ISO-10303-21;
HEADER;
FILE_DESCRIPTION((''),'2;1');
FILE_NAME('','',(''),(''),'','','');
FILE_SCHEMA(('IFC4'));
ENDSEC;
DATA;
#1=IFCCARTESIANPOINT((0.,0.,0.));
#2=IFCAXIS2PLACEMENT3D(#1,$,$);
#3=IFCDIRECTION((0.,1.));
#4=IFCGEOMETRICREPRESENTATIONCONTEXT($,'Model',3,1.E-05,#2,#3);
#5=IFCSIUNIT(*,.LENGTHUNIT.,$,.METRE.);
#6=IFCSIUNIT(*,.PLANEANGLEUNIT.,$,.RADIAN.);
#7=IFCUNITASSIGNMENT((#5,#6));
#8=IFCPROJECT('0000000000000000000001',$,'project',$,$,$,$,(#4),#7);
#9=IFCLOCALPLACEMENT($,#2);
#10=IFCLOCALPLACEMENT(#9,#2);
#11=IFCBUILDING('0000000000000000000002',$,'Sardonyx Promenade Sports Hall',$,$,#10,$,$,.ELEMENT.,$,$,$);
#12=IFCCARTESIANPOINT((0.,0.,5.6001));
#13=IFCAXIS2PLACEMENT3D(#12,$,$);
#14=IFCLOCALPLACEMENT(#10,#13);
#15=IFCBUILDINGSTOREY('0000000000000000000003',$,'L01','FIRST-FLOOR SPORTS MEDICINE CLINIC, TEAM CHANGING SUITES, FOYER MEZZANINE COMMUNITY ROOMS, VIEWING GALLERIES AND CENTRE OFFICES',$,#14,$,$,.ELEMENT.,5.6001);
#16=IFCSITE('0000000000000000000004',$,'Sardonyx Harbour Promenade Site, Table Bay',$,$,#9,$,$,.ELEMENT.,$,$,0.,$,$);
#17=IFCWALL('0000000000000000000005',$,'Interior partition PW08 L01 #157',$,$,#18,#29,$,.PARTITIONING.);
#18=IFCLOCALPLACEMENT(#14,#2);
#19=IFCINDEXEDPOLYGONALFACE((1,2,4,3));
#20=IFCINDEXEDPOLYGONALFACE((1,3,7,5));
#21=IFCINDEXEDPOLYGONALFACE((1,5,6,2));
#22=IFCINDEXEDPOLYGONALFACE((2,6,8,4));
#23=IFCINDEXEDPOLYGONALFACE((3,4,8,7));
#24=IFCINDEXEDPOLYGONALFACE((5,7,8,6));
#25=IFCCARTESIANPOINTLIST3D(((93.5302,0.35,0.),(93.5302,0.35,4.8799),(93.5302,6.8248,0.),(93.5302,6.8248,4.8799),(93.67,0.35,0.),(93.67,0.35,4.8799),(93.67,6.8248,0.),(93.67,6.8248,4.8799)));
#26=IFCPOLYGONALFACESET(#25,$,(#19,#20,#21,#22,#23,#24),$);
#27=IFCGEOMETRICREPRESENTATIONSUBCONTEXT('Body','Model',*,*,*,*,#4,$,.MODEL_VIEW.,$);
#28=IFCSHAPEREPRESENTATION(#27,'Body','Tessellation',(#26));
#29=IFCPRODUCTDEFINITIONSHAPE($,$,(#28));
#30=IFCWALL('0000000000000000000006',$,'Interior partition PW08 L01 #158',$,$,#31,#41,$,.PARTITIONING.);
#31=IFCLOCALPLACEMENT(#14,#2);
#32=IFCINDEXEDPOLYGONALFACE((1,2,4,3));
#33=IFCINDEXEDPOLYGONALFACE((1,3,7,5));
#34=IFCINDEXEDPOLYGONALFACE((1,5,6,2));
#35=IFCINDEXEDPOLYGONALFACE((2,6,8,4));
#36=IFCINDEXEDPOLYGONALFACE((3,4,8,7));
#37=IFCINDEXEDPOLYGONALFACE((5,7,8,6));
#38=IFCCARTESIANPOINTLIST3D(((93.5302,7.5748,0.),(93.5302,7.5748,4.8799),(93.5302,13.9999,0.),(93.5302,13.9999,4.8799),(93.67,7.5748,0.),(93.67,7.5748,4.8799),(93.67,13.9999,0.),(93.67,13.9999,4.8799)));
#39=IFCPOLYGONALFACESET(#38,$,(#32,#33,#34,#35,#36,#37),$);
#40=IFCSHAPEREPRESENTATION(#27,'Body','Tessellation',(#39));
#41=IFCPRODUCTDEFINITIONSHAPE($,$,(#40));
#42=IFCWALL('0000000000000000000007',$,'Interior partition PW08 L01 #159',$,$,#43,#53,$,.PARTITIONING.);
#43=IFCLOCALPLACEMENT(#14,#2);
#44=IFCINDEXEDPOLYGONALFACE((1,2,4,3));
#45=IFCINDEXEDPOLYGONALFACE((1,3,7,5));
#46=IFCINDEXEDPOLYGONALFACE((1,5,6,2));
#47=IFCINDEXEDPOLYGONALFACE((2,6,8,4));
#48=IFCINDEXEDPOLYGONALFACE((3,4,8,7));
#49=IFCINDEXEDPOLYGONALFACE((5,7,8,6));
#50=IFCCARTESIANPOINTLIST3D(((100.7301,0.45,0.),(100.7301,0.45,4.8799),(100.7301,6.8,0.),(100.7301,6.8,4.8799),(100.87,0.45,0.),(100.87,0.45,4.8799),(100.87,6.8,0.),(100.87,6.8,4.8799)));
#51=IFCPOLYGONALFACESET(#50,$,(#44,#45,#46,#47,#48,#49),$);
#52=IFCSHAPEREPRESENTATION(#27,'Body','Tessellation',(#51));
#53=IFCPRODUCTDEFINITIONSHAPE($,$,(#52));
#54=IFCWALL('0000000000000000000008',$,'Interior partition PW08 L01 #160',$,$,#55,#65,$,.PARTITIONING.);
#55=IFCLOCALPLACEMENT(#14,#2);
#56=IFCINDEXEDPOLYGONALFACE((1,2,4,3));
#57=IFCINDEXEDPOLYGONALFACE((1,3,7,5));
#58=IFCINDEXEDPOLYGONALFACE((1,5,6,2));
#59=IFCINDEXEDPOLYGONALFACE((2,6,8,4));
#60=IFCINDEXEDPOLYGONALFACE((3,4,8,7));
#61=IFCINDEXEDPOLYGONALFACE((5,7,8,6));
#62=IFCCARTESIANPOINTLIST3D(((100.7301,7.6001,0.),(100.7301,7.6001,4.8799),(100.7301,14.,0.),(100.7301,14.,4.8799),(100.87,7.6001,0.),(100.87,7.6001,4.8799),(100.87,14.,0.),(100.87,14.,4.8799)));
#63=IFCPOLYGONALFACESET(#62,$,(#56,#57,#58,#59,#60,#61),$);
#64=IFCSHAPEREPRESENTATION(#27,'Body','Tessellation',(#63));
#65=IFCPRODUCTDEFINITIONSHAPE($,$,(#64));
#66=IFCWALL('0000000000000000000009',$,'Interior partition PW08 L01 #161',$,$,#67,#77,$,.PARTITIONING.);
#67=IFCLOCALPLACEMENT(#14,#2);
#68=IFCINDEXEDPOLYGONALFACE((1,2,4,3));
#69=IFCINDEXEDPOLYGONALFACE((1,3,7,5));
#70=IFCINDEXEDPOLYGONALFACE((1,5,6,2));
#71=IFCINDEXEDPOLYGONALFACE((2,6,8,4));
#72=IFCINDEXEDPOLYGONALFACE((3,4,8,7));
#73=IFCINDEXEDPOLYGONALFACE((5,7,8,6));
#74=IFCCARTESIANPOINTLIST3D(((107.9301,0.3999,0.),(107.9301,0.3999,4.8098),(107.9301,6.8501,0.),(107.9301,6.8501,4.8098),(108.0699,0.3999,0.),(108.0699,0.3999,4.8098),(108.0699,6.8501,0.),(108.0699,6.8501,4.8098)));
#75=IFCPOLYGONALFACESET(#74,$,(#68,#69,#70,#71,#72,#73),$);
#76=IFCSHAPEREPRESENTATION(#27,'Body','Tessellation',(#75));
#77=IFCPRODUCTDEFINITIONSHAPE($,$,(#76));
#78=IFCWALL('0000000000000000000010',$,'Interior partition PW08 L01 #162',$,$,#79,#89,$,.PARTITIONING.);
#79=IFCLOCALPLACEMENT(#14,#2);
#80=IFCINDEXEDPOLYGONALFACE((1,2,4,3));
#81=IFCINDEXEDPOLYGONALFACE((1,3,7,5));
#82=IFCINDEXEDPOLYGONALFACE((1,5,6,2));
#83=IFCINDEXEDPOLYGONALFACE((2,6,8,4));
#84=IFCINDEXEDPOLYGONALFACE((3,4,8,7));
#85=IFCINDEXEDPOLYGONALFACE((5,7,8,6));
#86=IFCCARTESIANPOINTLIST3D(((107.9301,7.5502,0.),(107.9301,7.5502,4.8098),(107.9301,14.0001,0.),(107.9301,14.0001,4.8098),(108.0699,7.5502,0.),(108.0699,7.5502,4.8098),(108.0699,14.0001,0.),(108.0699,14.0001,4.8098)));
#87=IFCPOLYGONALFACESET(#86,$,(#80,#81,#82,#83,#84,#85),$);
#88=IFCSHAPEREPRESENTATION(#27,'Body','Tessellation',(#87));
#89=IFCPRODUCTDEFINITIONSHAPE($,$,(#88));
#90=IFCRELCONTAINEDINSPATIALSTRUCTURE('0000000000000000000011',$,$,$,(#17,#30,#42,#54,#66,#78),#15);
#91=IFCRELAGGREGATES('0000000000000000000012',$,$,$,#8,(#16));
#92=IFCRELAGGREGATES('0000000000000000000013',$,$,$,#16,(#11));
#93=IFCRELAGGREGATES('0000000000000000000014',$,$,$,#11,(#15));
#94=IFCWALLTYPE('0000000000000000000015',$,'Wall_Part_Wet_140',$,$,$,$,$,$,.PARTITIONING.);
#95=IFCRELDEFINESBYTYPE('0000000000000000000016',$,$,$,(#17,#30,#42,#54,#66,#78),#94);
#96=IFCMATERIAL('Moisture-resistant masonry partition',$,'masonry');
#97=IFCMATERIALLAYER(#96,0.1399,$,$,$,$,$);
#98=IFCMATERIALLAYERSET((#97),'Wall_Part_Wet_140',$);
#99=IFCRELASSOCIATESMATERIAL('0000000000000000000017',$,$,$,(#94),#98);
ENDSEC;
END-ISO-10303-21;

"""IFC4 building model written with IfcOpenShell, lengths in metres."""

from ifc_helpers import new_model, si_unit, direction, frame, frame_2d, origin, place, context, subcontext, project, spatial, rectangle, extrude, material, layer, layer_set, type_object, element, save


model = new_model("IFC4")

# Units and contexts
model_context = context("Model", 3, precision=1e-05, world=origin(), true_north=direction((0.0, 1.0)))
body_context = subcontext(model_context, "Body", "Model", "MODEL_VIEW")
ifc_project = project(units=[si_unit("LENGTHUNIT", "METRE"), si_unit("PLANEANGLEUNIT", "RADIAN")], contexts=[model_context])

# Site, building, storey
site_placement = place(None, origin())
site = spatial("IfcSite", under=ifc_project, at=site_placement, Name="Sardonyx Harbour Promenade Site, Table Bay", CompositionType="ELEMENT", RefElevation=0.0)
building_placement = place(site_placement, origin())
building = spatial("IfcBuilding", under=site, at=building_placement, Name="Sardonyx Promenade Sports Hall", CompositionType="ELEMENT")
storey_placement = place(building_placement, frame((0.0, 0.0, 5.6001)))
storey = spatial("IfcBuildingStorey", under=building, at=storey_placement, Name="L01", Description="FIRST-FLOOR SPORTS MEDICINE CLINIC, TEAM CHANGING SUITES, FOYER MEZZANINE COMMUNITY ROOMS, VIEWING GALLERIES AND CENTRE OFFICES", CompositionType="ELEMENT", Elevation=5.6001)

# Walls
ifc_material_1 = material(Name="Moisture-resistant masonry partition", Category="masonry")
ifc_layer_1 = layer(ifc_material_1, 0.1399)
ifc_layer_set_1 = layer_set([ifc_layer_1], Name="Wall_Part_Wet_140")
wall_type_1 = type_object("IfcWallType", Name="Wall_Part_Wet_140", PredefinedType="PARTITIONING", material=ifc_layer_set_1)
wall_1_placement = place(storey_placement, frame((93.6001, 0.3501, 0.0), z_axis=(0.0, 0.0, 1.0), x_axis=(0.0, 1.0, 0.0)))
element("IfcWall", 1, at=wall_1_placement, inside=storey, type_object=wall_type_1, Name="Interior partition PW08 L01 #157", PredefinedType="PARTITIONING", context=body_context, shape_type="SweptSolid", body=[
    extrude(rectangle(XDim=6.4749, YDim=0.1399, at=frame_2d((3.2373, 0.0))), origin(), (0.0, 0.0, 1.0), 4.8799),
])
wall_2_placement = place(storey_placement, frame((93.6001, 7.575, 0.0), z_axis=(0.0, 0.0, 1.0), x_axis=(0.0, 1.0, 0.0)))
element("IfcWall", 2, at=wall_2_placement, inside=storey, type_object=wall_type_1, Name="Interior partition PW08 L01 #158", PredefinedType="PARTITIONING", context=body_context, shape_type="SweptSolid", body=[
    extrude(rectangle(XDim=6.425, YDim=0.1399, at=frame_2d((3.2124, 0.0))), origin(), (0.0, 0.0, 1.0), 4.8799),
])
wall_3_placement = place(storey_placement, frame((100.8, 0.45, 0.0), z_axis=(0.0, 0.0, 1.0), x_axis=(0.0, 1.0, 0.0)))
element("IfcWall", 3, at=wall_3_placement, inside=storey, type_object=wall_type_1, Name="Interior partition PW08 L01 #159", PredefinedType="PARTITIONING", context=body_context, shape_type="SweptSolid", body=[
    extrude(rectangle(XDim=6.3501, YDim=0.1399, at=frame_2d((3.175, 0.0))), origin(), (0.0, 0.0, 1.0), 4.8799),
])
wall_4_placement = place(storey_placement, frame((100.8, 7.6001, 0.0), z_axis=(0.0, 0.0, 1.0), x_axis=(0.0, 1.0, 0.0)))
element("IfcWall", 4, at=wall_4_placement, inside=storey, type_object=wall_type_1, Name="Interior partition PW08 L01 #160", PredefinedType="PARTITIONING", context=body_context, shape_type="SweptSolid", body=[
    extrude(rectangle(XDim=6.3999, YDim=0.1399, at=frame_2d((3.2, 0.0))), origin(), (0.0, 0.0, 1.0), 4.8799),
])
wall_5_placement = place(storey_placement, frame((108.0, 0.3999, 0.0), z_axis=(0.0, 0.0, 1.0), x_axis=(0.0, 1.0, 0.0)))
element("IfcWall", 5, at=wall_5_placement, inside=storey, type_object=wall_type_1, Name="Interior partition PW08 L01 #161", PredefinedType="PARTITIONING", context=body_context, shape_type="SweptSolid", body=[
    extrude(rectangle(XDim=6.4502, YDim=0.1399, at=frame_2d((3.2251, 0.0))), origin(), (0.0, 0.0, 1.0), 4.8098),
])
wall_6_placement = place(storey_placement, frame((108.0, 7.55, 0.0), z_axis=(0.0, 0.0, 1.0), x_axis=(0.0, 1.0, 0.0)))
element("IfcWall", 6, at=wall_6_placement, inside=storey, type_object=wall_type_1, Name="Interior partition PW08 L01 #162", PredefinedType="PARTITIONING", context=body_context, shape_type="SweptSolid", body=[
    extrude(rectangle(XDim=6.45, YDim=0.1399, at=frame_2d((3.2251, 0.0))), origin(), (0.0, 0.0, 1.0), 4.8098),
])

save(model, "model.ifc")
